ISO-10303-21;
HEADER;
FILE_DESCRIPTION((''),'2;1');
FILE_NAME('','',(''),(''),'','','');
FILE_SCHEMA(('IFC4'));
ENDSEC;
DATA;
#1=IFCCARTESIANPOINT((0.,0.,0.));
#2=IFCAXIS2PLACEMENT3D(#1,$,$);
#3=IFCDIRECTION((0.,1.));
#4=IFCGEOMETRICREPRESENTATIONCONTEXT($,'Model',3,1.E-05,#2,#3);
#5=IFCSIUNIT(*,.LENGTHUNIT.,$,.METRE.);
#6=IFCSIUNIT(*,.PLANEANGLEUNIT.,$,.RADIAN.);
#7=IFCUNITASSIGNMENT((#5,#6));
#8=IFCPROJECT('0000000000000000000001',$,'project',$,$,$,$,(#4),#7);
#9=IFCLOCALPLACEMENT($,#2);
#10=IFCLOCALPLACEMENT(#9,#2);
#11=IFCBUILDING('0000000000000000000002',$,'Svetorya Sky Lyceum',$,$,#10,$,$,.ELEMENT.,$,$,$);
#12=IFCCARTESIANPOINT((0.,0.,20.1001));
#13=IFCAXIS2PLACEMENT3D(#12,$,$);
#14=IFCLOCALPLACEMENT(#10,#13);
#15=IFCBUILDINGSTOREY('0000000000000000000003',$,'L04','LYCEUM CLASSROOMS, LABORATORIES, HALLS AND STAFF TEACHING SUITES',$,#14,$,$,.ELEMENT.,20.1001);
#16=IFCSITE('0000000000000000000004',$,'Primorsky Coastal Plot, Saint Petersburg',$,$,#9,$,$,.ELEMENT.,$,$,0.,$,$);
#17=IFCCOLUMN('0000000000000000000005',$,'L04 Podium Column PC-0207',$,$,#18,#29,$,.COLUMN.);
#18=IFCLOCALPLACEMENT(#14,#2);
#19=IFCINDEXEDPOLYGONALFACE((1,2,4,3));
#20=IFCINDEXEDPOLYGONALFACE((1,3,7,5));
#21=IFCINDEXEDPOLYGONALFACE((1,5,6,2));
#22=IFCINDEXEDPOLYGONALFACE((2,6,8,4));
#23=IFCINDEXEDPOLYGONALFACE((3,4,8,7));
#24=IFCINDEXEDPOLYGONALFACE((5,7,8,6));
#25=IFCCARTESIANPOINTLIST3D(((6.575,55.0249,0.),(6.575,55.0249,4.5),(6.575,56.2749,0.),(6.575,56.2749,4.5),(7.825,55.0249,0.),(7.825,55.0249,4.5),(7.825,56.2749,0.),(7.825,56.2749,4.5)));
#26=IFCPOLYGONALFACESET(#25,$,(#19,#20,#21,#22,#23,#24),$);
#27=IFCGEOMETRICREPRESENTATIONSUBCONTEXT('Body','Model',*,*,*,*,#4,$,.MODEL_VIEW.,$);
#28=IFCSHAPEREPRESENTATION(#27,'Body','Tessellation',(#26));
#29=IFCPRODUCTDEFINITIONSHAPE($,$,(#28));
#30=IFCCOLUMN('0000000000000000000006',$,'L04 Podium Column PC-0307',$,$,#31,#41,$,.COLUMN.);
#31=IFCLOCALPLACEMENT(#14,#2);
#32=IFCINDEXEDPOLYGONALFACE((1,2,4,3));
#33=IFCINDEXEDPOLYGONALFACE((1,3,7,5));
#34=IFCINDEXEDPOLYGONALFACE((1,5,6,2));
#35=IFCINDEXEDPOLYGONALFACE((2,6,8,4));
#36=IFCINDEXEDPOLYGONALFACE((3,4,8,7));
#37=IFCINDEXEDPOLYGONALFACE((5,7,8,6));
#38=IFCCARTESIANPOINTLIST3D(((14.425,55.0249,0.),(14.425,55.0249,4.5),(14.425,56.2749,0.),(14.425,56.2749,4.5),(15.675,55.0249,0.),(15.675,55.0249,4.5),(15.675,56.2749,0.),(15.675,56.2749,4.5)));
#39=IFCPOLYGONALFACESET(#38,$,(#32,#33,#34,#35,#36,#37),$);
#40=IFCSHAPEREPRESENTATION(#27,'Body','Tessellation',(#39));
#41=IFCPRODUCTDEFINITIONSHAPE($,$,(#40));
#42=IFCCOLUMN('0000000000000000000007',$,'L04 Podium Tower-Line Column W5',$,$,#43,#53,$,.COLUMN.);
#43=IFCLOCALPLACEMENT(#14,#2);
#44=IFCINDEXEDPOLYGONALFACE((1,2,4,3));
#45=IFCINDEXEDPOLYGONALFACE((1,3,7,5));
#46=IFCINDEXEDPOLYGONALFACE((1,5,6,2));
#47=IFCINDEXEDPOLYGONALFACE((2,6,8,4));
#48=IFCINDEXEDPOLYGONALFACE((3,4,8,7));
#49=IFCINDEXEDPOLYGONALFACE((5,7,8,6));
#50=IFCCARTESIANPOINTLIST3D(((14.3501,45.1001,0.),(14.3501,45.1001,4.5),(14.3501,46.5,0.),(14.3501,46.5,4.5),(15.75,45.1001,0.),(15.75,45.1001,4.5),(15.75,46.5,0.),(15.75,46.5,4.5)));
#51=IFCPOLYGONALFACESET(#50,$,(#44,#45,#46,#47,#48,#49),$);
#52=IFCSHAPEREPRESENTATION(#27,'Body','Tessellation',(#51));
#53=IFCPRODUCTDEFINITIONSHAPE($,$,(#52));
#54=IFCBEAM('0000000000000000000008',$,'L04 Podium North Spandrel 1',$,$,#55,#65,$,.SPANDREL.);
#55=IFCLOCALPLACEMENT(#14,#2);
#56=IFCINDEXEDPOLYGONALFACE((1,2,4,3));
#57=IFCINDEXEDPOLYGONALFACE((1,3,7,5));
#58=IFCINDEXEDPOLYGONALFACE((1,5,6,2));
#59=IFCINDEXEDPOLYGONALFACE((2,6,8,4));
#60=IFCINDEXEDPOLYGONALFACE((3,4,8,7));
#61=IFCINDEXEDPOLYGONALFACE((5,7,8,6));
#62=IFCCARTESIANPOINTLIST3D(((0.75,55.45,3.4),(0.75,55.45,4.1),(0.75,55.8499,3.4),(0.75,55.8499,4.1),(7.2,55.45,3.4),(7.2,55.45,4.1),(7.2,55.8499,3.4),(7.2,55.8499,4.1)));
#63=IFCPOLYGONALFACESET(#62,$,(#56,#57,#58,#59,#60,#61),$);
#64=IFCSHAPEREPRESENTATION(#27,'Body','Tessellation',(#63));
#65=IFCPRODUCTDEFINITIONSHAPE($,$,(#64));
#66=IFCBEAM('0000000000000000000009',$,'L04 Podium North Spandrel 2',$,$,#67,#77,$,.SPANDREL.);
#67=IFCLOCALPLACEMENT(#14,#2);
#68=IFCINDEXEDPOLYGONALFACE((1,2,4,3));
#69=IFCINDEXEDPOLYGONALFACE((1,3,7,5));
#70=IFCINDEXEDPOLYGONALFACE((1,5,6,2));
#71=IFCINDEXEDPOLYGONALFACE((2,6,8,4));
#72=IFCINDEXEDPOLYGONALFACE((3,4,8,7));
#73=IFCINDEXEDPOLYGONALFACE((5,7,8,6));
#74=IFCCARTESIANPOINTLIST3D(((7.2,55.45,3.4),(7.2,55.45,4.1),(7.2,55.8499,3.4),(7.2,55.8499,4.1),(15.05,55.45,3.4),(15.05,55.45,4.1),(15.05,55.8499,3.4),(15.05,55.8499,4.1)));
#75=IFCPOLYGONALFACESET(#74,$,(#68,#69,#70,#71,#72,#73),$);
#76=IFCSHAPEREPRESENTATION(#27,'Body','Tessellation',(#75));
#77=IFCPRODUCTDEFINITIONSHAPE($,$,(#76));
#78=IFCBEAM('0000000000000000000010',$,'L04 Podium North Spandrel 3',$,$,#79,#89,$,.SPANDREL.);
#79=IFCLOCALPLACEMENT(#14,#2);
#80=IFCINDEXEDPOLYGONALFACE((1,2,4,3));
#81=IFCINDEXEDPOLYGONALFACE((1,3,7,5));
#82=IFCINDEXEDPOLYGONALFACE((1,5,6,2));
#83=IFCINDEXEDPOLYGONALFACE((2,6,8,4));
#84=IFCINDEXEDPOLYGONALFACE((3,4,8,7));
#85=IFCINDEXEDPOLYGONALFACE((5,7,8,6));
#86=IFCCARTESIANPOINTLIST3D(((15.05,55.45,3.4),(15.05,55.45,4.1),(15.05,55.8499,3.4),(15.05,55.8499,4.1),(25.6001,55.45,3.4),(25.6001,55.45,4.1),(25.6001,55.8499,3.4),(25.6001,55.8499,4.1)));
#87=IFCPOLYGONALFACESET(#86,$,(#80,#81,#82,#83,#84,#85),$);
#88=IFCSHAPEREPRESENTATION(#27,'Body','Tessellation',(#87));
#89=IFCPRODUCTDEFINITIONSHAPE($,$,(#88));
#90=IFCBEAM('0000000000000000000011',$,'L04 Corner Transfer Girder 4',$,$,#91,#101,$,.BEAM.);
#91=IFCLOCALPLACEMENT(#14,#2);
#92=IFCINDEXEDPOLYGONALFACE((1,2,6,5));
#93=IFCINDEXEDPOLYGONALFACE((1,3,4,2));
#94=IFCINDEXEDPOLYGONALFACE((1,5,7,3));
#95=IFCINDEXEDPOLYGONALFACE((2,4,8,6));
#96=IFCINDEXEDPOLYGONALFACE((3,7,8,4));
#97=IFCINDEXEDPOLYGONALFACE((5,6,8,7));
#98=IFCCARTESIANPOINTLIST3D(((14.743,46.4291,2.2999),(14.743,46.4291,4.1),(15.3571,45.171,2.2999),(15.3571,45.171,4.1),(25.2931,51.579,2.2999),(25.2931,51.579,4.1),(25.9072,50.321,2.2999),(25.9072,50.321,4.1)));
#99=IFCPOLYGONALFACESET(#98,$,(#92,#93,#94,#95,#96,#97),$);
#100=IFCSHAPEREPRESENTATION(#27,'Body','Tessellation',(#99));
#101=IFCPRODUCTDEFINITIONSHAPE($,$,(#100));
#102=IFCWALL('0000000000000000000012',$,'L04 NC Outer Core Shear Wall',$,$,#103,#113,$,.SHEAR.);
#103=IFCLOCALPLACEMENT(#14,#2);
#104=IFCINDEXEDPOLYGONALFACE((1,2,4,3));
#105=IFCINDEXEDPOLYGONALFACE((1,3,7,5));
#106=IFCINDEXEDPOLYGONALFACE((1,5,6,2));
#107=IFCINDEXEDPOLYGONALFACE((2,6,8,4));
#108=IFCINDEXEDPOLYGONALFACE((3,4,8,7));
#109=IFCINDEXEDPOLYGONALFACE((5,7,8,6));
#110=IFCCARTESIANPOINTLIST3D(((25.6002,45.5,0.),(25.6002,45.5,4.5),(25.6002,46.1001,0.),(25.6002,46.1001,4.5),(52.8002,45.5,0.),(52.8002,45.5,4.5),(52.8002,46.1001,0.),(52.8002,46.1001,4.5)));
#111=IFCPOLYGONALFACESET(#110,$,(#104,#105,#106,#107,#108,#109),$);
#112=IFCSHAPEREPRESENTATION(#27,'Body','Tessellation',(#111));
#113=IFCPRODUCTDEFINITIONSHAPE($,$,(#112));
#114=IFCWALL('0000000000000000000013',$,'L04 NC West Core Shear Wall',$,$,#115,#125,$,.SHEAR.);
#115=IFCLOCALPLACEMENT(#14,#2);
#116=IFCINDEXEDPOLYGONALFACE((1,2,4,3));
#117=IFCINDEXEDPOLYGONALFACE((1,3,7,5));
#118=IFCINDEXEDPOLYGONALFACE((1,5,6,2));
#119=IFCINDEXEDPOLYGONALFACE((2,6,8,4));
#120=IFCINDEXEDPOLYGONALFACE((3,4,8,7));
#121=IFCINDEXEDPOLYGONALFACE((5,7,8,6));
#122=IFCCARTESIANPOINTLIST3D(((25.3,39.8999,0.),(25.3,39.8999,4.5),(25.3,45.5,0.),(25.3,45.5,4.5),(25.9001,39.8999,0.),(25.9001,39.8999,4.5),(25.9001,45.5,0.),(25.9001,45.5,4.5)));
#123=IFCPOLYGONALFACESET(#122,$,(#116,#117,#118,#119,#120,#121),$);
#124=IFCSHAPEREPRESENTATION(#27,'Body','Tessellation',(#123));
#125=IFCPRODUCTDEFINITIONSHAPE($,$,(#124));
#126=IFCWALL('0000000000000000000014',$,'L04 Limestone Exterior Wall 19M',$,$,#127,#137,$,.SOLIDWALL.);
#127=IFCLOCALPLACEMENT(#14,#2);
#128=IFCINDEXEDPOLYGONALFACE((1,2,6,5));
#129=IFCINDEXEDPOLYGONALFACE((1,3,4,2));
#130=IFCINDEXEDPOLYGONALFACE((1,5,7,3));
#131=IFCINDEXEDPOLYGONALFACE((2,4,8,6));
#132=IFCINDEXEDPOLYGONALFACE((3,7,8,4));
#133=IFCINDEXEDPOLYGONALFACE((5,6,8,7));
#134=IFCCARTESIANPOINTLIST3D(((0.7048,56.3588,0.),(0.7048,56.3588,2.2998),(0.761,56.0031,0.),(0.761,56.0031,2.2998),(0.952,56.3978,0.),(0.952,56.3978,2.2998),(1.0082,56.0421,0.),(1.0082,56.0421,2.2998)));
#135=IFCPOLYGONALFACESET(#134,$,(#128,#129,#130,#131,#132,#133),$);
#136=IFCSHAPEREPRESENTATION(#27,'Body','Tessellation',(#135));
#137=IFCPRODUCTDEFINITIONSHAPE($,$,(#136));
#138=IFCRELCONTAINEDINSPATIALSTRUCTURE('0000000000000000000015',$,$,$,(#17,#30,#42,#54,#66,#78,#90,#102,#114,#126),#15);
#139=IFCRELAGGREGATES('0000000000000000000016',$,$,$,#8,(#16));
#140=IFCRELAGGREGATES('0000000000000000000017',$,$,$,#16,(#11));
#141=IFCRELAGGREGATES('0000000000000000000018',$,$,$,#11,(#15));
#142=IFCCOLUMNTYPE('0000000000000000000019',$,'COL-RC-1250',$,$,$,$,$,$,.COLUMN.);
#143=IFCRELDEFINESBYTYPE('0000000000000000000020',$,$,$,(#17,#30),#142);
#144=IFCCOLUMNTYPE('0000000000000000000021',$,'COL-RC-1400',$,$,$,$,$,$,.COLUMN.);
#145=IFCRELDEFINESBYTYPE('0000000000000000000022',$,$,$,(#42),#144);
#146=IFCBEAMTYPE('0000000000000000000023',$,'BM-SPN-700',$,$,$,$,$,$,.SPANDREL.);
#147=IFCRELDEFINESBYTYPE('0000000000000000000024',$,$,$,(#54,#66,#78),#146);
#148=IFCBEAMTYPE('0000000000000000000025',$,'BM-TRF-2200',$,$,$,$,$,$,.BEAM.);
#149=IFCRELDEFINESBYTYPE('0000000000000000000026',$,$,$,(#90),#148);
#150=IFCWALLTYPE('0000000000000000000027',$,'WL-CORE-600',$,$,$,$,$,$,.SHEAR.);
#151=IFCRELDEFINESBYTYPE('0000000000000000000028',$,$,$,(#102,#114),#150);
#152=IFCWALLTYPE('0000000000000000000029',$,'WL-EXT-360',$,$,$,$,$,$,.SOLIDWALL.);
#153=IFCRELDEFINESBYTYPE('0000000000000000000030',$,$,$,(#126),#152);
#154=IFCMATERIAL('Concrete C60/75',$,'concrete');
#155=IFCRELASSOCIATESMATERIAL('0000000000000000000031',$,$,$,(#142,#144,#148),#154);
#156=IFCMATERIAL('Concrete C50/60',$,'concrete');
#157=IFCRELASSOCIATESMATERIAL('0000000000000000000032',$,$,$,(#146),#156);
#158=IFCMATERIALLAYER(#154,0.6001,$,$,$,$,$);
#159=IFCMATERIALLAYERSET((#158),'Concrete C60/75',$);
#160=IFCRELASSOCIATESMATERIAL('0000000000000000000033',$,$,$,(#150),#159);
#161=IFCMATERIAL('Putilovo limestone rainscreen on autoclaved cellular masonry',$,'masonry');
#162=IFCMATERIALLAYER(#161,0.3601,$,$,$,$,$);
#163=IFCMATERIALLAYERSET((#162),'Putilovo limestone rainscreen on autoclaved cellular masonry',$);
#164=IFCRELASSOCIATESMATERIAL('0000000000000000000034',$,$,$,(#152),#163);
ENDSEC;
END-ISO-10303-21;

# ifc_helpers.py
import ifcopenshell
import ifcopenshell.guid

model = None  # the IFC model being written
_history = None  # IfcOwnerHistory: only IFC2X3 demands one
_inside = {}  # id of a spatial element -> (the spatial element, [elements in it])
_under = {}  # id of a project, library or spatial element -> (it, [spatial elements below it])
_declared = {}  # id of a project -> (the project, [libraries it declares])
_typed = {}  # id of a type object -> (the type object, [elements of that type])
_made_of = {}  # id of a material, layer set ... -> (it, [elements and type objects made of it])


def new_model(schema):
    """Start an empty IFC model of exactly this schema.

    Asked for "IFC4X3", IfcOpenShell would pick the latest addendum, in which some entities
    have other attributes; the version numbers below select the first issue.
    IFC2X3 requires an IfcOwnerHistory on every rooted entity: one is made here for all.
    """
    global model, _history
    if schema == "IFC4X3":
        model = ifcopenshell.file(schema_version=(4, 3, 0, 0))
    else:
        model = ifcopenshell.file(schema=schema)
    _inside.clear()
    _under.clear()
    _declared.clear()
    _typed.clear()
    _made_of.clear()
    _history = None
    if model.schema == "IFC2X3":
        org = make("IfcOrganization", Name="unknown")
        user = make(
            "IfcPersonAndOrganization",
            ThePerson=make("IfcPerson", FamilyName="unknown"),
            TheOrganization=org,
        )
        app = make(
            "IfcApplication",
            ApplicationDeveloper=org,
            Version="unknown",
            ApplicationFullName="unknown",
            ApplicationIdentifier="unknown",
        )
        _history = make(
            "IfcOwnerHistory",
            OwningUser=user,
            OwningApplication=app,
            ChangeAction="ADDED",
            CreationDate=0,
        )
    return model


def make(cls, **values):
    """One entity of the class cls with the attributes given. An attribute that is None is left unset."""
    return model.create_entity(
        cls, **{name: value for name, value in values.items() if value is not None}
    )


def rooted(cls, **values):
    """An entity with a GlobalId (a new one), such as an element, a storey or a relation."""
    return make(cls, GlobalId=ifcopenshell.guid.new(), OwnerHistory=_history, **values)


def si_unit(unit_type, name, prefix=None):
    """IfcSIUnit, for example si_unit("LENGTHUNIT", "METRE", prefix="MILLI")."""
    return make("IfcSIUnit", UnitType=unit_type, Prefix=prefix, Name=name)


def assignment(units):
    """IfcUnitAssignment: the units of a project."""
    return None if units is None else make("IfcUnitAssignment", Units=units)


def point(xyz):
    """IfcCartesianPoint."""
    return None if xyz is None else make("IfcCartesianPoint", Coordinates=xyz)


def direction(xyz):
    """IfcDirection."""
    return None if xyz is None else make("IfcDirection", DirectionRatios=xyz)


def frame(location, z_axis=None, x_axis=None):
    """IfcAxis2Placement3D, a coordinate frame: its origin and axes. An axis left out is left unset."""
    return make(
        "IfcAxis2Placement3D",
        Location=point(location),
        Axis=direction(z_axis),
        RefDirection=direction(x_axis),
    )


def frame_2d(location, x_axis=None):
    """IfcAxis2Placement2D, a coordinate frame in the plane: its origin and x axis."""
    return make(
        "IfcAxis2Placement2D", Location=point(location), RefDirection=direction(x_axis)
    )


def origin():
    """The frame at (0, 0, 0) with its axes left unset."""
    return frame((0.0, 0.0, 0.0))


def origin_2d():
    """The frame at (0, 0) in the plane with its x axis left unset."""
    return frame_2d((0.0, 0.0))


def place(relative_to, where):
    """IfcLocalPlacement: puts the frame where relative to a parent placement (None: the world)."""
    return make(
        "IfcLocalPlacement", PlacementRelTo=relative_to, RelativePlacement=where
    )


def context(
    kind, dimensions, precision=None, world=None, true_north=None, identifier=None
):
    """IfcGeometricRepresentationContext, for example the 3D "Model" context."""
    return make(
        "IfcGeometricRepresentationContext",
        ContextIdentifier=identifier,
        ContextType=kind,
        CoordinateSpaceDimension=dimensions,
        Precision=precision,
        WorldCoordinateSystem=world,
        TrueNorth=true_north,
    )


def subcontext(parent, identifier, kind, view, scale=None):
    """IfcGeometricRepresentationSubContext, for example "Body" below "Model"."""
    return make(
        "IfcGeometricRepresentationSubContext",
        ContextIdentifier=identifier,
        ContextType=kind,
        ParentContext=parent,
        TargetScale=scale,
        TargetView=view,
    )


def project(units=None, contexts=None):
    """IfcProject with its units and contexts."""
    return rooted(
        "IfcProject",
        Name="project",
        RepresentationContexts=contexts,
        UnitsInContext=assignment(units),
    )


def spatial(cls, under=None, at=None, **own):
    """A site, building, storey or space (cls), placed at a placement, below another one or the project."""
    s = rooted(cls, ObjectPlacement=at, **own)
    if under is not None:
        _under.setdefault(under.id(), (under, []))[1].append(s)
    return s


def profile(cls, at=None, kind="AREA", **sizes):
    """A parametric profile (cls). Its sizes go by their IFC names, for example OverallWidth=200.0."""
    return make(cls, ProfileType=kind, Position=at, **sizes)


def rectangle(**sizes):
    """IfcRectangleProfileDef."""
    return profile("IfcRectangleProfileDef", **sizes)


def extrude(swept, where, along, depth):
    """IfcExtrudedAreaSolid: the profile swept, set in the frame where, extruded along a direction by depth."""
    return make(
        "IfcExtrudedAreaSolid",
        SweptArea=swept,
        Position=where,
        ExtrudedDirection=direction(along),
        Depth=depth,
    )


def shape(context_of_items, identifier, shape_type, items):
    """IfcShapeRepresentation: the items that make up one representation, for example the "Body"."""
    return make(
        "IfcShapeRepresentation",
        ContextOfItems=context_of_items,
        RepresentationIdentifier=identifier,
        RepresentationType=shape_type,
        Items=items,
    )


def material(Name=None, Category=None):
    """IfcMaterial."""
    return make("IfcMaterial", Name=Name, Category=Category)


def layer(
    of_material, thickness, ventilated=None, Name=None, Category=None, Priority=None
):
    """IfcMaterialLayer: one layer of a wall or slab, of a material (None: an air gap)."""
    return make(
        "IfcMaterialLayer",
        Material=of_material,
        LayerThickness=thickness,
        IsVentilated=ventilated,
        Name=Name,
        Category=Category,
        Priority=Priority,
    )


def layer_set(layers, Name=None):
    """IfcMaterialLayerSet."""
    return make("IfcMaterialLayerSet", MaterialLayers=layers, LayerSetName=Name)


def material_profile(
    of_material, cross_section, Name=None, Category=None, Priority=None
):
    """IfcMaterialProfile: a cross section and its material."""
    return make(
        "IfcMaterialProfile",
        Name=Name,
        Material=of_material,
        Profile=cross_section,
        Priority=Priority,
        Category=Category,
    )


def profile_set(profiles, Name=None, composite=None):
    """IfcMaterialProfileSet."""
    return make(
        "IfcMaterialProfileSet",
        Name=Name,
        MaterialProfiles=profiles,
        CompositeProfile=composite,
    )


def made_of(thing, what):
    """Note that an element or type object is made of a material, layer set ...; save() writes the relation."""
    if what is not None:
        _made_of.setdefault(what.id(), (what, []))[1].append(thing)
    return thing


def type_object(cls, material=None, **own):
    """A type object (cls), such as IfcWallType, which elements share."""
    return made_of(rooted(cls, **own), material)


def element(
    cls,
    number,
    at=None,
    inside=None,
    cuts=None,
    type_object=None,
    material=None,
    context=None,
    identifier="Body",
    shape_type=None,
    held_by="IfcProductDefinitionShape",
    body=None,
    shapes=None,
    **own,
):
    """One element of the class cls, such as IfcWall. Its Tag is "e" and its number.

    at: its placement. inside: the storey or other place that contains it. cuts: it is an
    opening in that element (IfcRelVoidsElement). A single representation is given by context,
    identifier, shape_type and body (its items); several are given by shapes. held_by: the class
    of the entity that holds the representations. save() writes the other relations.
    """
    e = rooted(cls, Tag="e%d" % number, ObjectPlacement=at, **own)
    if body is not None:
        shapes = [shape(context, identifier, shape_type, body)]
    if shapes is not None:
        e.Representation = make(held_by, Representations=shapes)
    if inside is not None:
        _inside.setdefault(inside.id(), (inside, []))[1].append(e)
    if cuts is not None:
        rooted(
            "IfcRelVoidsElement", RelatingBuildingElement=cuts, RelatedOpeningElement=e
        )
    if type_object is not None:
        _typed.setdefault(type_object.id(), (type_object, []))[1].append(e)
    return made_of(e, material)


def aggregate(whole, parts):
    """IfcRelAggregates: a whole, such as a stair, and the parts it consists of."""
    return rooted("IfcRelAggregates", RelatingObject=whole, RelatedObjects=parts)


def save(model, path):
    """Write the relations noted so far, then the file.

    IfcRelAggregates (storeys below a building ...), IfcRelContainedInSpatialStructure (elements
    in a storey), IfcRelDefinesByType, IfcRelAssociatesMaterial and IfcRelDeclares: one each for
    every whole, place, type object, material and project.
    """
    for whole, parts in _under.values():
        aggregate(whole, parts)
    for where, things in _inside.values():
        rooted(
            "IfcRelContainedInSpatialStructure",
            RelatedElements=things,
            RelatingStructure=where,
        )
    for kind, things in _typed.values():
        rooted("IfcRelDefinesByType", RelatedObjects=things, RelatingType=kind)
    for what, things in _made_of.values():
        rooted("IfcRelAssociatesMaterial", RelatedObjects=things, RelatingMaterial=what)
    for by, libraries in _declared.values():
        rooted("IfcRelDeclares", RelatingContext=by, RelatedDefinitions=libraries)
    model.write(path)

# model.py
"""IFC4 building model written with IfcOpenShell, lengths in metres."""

from ifc_helpers import new_model, si_unit, direction, frame, frame_2d, origin, origin_2d, place, context, subcontext, project, spatial, rectangle, extrude, material, layer, layer_set, material_profile, profile_set, type_object, element, save


model = new_model("IFC4")

# Units and contexts
model_context = context("Model", 3, precision=1e-05, world=origin(), true_north=direction((0.0, 1.0)))
body_context = subcontext(model_context, "Body", "Model", "MODEL_VIEW")
ifc_project = project(units=[si_unit("LENGTHUNIT", "METRE"), si_unit("PLANEANGLEUNIT", "RADIAN")], contexts=[model_context])

# Site, building, storey
site_placement = place(None, origin())
site = spatial("IfcSite", under=ifc_project, at=site_placement, Name="Primorsky Coastal Plot, Saint Petersburg", CompositionType="ELEMENT", RefElevation=0.0)
building_placement = place(site_placement, origin())
building = spatial("IfcBuilding", under=site, at=building_placement, Name="Svetorya Sky Lyceum", CompositionType="ELEMENT")
storey_placement = place(building_placement, frame((0.0, 0.0, 20.1001)))
storey = spatial("IfcBuildingStorey", under=building, at=storey_placement, Name="L04", Description="LYCEUM CLASSROOMS, LABORATORIES, HALLS AND STAFF TEACHING SUITES", CompositionType="ELEMENT", Elevation=20.1001)

# Columns
ifc_material_1 = material(Name="Concrete C60/75", Category="concrete")
ifc_material_profile_1 = material_profile(ifc_material_1, rectangle(XDim=1.25, YDim=1.25, at=origin_2d()), Name="RC COL 1250x1250")
ifc_profile_set_1 = profile_set([ifc_material_profile_1], Name="Concrete C60/75")
column_type_1 = type_object("IfcColumnType", Name="COL-RC-1250", PredefinedType="COLUMN", material=ifc_profile_set_1)
for number, where, z_axis, x_axis, name in (
    (1, (7.2, 55.6499, 0.0), (0.0, 0.0, 1.0), (1.0, 0.0, 0.0), "L04 Podium Column PC-0207"),
    (2, (15.05, 55.6499, 0.0), (0.0, 0.0, 1.0), (1.0, 0.0, 0.0), "L04 Podium Column PC-0307"),
):
    element("IfcColumn", number, at=place(storey_placement, frame(where, z_axis=z_axis, x_axis=x_axis)), inside=storey, type_object=column_type_1, Name=name, PredefinedType="COLUMN", context=body_context, shape_type="SweptSolid", body=[
        extrude(rectangle(XDim=1.25, YDim=1.25, at=origin_2d()), origin(), (0.0, 0.0, 1.0), 4.5),
    ])
ifc_material_profile_2 = material_profile(ifc_material_1, rectangle(XDim=1.3999, YDim=1.3999, at=origin_2d()), Name="RC COL 1400x1400")
ifc_profile_set_2 = profile_set([ifc_material_profile_2], Name="Concrete C60/75")
column_type_2 = type_object("IfcColumnType", Name="COL-RC-1400", PredefinedType="COLUMN", material=ifc_profile_set_2)
column_placement = place(storey_placement, frame((15.05, 45.8, 0.0), z_axis=(0.0, 0.0, 1.0), x_axis=(1.0, 0.0, 0.0)))
element("IfcColumn", 3, at=column_placement, inside=storey, type_object=column_type_2, Name="L04 Podium Tower-Line Column W5", PredefinedType="COLUMN", context=body_context, shape_type="SweptSolid", body=[
    extrude(rectangle(XDim=1.3999, YDim=1.3999, at=origin_2d()), origin(), (0.0, 0.0, 1.0), 4.5),
])

# Beams
ifc_material_2 = material(Name="Concrete C50/60", Category="concrete")
ifc_material_profile_3 = material_profile(ifc_material_2, rectangle(XDim=0.3999, YDim=0.7, at=origin_2d()), Name="RC SPANDREL 400x700")
ifc_profile_set_3 = profile_set([ifc_material_profile_3], Name="Concrete C50/60")
beam_type_1 = type_object("IfcBeamType", Name="BM-SPN-700", PredefinedType="SPANDREL", material=ifc_profile_set_3)
beam_1_placement = place(storey_placement, frame((0.75, 55.6499, 3.75), z_axis=(1.0, 0.0, 0.0), x_axis=(0.0, 1.0, 0.0)))
element("IfcBeam", 4, at=beam_1_placement, inside=storey, type_object=beam_type_1, Name="L04 Podium North Spandrel 1", PredefinedType="SPANDREL", context=body_context, shape_type="SweptSolid", body=[
    extrude(rectangle(XDim=0.3999, YDim=0.7, at=origin_2d()), origin(), (0.0, 0.0, 1.0), 6.45),
])
beam_2_placement = place(storey_placement, frame((7.2, 55.6499, 3.75), z_axis=(1.0, 0.0, 0.0), x_axis=(0.0, 1.0, 0.0)))
element("IfcBeam", 5, at=beam_2_placement, inside=storey, type_object=beam_type_1, Name="L04 Podium North Spandrel 2", PredefinedType="SPANDREL", context=body_context, shape_type="SweptSolid", body=[
    extrude(rectangle(XDim=0.3999, YDim=0.7, at=origin_2d()), origin(), (0.0, 0.0, 1.0), 7.8501),
])
beam_3_placement = place(storey_placement, frame((15.05, 55.6499, 3.75), z_axis=(1.0, 0.0, 0.0), x_axis=(0.0, 1.0, 0.0)))
element("IfcBeam", 6, at=beam_3_placement, inside=storey, type_object=beam_type_1, Name="L04 Podium North Spandrel 3", PredefinedType="SPANDREL", context=body_context, shape_type="SweptSolid", body=[
    extrude(rectangle(XDim=0.3999, YDim=0.7, at=origin_2d()), origin(), (0.0, 0.0, 1.0), 10.55),
])
ifc_material_profile_4 = material_profile(ifc_material_1, rectangle(XDim=1.3999, YDim=1.8, at=origin_2d()), Name="RC TRANSFER 1400x1800")
ifc_profile_set_4 = profile_set([ifc_material_profile_4], Name="Concrete C60/75")
beam_type_2 = type_object("IfcBeamType", Name="BM-TRF-2200", PredefinedType="BEAM", material=ifc_profile_set_4)
beam_4_placement = place(storey_placement, frame((15.05, 45.8, 3.2), z_axis=(0.89865, 0.438667, 0.0), x_axis=(-0.438667, 0.89865, 0.0)))
element("IfcBeam", 7, at=beam_4_placement, inside=storey, type_object=beam_type_2, Name="L04 Corner Transfer Girder 4", PredefinedType="BEAM", context=body_context, shape_type="SweptSolid", body=[
    extrude(rectangle(XDim=1.3999, YDim=1.8, at=origin_2d()), origin(), (0.0, 0.0, 1.0), 11.74),
])

# Walls
ifc_layer_1 = layer(ifc_material_1, 0.6001)
ifc_layer_set_1 = layer_set([ifc_layer_1], Name="Concrete C60/75")
wall_type_1 = type_object("IfcWallType", Name="WL-CORE-600", PredefinedType="SHEAR", material=ifc_layer_set_1)
wall_1_placement = place(storey_placement, frame((25.6001, 45.8, 0.0), z_axis=(0.0, 0.0, 1.0), x_axis=(1.0, 0.0, 0.0)))
element("IfcWall", 8, at=wall_1_placement, inside=storey, type_object=wall_type_1, Name="L04 NC Outer Core Shear Wall", PredefinedType="SHEAR", context=body_context, shape_type="SweptSolid", body=[
    extrude(rectangle(XDim=27.2, YDim=0.6001, at=frame_2d((13.6001, 0.0))), origin(), (0.0, 0.0, 1.0), 4.5),
])
wall_2_placement = place(storey_placement, frame((25.6001, 39.8999, 0.0), z_axis=(0.0, 0.0, 1.0), x_axis=(0.0, 1.0, 0.0)))
element("IfcWall", 9, at=wall_2_placement, inside=storey, type_object=wall_type_1, Name="L04 NC West Core Shear Wall", PredefinedType="SHEAR", context=body_context, shape_type="SweptSolid", body=[
    extrude(rectangle(XDim=5.6001, YDim=0.6001, at=frame_2d((2.8, 0.0))), origin(), (0.0, 0.0, 1.0), 4.5),
])
ifc_material_3 = material(Name="Putilovo limestone rainscreen on autoclaved cellular masonry", Category="masonry")
ifc_layer_2 = layer(ifc_material_3, 0.3601)
ifc_layer_set_2 = layer_set([ifc_layer_2], Name="Putilovo limestone rainscreen on autoclaved cellular masonry")
wall_type_2 = type_object("IfcWallType", Name="WL-EXT-360", PredefinedType="SOLIDWALL", material=ifc_layer_set_2)
wall_3_placement = place(storey_placement, frame((0.98, 56.22, 0.0), z_axis=(0.0, 0.0, 1.0), x_axis=(-0.987731, -0.156163, 0.0)))
element("IfcWall", 10, at=wall_3_placement, inside=storey, type_object=wall_type_2, Name="L04 Limestone Exterior Wall 19M", PredefinedType="SOLIDWALL", context=body_context, shape_type="SweptSolid", body=[
    extrude(rectangle(XDim=0.2502, YDim=0.3601, at=frame_2d((0.125, 0.0))), origin(), (0.0, 0.0, 1.0), 2.2998),
])

save(model, "model.ifc")
